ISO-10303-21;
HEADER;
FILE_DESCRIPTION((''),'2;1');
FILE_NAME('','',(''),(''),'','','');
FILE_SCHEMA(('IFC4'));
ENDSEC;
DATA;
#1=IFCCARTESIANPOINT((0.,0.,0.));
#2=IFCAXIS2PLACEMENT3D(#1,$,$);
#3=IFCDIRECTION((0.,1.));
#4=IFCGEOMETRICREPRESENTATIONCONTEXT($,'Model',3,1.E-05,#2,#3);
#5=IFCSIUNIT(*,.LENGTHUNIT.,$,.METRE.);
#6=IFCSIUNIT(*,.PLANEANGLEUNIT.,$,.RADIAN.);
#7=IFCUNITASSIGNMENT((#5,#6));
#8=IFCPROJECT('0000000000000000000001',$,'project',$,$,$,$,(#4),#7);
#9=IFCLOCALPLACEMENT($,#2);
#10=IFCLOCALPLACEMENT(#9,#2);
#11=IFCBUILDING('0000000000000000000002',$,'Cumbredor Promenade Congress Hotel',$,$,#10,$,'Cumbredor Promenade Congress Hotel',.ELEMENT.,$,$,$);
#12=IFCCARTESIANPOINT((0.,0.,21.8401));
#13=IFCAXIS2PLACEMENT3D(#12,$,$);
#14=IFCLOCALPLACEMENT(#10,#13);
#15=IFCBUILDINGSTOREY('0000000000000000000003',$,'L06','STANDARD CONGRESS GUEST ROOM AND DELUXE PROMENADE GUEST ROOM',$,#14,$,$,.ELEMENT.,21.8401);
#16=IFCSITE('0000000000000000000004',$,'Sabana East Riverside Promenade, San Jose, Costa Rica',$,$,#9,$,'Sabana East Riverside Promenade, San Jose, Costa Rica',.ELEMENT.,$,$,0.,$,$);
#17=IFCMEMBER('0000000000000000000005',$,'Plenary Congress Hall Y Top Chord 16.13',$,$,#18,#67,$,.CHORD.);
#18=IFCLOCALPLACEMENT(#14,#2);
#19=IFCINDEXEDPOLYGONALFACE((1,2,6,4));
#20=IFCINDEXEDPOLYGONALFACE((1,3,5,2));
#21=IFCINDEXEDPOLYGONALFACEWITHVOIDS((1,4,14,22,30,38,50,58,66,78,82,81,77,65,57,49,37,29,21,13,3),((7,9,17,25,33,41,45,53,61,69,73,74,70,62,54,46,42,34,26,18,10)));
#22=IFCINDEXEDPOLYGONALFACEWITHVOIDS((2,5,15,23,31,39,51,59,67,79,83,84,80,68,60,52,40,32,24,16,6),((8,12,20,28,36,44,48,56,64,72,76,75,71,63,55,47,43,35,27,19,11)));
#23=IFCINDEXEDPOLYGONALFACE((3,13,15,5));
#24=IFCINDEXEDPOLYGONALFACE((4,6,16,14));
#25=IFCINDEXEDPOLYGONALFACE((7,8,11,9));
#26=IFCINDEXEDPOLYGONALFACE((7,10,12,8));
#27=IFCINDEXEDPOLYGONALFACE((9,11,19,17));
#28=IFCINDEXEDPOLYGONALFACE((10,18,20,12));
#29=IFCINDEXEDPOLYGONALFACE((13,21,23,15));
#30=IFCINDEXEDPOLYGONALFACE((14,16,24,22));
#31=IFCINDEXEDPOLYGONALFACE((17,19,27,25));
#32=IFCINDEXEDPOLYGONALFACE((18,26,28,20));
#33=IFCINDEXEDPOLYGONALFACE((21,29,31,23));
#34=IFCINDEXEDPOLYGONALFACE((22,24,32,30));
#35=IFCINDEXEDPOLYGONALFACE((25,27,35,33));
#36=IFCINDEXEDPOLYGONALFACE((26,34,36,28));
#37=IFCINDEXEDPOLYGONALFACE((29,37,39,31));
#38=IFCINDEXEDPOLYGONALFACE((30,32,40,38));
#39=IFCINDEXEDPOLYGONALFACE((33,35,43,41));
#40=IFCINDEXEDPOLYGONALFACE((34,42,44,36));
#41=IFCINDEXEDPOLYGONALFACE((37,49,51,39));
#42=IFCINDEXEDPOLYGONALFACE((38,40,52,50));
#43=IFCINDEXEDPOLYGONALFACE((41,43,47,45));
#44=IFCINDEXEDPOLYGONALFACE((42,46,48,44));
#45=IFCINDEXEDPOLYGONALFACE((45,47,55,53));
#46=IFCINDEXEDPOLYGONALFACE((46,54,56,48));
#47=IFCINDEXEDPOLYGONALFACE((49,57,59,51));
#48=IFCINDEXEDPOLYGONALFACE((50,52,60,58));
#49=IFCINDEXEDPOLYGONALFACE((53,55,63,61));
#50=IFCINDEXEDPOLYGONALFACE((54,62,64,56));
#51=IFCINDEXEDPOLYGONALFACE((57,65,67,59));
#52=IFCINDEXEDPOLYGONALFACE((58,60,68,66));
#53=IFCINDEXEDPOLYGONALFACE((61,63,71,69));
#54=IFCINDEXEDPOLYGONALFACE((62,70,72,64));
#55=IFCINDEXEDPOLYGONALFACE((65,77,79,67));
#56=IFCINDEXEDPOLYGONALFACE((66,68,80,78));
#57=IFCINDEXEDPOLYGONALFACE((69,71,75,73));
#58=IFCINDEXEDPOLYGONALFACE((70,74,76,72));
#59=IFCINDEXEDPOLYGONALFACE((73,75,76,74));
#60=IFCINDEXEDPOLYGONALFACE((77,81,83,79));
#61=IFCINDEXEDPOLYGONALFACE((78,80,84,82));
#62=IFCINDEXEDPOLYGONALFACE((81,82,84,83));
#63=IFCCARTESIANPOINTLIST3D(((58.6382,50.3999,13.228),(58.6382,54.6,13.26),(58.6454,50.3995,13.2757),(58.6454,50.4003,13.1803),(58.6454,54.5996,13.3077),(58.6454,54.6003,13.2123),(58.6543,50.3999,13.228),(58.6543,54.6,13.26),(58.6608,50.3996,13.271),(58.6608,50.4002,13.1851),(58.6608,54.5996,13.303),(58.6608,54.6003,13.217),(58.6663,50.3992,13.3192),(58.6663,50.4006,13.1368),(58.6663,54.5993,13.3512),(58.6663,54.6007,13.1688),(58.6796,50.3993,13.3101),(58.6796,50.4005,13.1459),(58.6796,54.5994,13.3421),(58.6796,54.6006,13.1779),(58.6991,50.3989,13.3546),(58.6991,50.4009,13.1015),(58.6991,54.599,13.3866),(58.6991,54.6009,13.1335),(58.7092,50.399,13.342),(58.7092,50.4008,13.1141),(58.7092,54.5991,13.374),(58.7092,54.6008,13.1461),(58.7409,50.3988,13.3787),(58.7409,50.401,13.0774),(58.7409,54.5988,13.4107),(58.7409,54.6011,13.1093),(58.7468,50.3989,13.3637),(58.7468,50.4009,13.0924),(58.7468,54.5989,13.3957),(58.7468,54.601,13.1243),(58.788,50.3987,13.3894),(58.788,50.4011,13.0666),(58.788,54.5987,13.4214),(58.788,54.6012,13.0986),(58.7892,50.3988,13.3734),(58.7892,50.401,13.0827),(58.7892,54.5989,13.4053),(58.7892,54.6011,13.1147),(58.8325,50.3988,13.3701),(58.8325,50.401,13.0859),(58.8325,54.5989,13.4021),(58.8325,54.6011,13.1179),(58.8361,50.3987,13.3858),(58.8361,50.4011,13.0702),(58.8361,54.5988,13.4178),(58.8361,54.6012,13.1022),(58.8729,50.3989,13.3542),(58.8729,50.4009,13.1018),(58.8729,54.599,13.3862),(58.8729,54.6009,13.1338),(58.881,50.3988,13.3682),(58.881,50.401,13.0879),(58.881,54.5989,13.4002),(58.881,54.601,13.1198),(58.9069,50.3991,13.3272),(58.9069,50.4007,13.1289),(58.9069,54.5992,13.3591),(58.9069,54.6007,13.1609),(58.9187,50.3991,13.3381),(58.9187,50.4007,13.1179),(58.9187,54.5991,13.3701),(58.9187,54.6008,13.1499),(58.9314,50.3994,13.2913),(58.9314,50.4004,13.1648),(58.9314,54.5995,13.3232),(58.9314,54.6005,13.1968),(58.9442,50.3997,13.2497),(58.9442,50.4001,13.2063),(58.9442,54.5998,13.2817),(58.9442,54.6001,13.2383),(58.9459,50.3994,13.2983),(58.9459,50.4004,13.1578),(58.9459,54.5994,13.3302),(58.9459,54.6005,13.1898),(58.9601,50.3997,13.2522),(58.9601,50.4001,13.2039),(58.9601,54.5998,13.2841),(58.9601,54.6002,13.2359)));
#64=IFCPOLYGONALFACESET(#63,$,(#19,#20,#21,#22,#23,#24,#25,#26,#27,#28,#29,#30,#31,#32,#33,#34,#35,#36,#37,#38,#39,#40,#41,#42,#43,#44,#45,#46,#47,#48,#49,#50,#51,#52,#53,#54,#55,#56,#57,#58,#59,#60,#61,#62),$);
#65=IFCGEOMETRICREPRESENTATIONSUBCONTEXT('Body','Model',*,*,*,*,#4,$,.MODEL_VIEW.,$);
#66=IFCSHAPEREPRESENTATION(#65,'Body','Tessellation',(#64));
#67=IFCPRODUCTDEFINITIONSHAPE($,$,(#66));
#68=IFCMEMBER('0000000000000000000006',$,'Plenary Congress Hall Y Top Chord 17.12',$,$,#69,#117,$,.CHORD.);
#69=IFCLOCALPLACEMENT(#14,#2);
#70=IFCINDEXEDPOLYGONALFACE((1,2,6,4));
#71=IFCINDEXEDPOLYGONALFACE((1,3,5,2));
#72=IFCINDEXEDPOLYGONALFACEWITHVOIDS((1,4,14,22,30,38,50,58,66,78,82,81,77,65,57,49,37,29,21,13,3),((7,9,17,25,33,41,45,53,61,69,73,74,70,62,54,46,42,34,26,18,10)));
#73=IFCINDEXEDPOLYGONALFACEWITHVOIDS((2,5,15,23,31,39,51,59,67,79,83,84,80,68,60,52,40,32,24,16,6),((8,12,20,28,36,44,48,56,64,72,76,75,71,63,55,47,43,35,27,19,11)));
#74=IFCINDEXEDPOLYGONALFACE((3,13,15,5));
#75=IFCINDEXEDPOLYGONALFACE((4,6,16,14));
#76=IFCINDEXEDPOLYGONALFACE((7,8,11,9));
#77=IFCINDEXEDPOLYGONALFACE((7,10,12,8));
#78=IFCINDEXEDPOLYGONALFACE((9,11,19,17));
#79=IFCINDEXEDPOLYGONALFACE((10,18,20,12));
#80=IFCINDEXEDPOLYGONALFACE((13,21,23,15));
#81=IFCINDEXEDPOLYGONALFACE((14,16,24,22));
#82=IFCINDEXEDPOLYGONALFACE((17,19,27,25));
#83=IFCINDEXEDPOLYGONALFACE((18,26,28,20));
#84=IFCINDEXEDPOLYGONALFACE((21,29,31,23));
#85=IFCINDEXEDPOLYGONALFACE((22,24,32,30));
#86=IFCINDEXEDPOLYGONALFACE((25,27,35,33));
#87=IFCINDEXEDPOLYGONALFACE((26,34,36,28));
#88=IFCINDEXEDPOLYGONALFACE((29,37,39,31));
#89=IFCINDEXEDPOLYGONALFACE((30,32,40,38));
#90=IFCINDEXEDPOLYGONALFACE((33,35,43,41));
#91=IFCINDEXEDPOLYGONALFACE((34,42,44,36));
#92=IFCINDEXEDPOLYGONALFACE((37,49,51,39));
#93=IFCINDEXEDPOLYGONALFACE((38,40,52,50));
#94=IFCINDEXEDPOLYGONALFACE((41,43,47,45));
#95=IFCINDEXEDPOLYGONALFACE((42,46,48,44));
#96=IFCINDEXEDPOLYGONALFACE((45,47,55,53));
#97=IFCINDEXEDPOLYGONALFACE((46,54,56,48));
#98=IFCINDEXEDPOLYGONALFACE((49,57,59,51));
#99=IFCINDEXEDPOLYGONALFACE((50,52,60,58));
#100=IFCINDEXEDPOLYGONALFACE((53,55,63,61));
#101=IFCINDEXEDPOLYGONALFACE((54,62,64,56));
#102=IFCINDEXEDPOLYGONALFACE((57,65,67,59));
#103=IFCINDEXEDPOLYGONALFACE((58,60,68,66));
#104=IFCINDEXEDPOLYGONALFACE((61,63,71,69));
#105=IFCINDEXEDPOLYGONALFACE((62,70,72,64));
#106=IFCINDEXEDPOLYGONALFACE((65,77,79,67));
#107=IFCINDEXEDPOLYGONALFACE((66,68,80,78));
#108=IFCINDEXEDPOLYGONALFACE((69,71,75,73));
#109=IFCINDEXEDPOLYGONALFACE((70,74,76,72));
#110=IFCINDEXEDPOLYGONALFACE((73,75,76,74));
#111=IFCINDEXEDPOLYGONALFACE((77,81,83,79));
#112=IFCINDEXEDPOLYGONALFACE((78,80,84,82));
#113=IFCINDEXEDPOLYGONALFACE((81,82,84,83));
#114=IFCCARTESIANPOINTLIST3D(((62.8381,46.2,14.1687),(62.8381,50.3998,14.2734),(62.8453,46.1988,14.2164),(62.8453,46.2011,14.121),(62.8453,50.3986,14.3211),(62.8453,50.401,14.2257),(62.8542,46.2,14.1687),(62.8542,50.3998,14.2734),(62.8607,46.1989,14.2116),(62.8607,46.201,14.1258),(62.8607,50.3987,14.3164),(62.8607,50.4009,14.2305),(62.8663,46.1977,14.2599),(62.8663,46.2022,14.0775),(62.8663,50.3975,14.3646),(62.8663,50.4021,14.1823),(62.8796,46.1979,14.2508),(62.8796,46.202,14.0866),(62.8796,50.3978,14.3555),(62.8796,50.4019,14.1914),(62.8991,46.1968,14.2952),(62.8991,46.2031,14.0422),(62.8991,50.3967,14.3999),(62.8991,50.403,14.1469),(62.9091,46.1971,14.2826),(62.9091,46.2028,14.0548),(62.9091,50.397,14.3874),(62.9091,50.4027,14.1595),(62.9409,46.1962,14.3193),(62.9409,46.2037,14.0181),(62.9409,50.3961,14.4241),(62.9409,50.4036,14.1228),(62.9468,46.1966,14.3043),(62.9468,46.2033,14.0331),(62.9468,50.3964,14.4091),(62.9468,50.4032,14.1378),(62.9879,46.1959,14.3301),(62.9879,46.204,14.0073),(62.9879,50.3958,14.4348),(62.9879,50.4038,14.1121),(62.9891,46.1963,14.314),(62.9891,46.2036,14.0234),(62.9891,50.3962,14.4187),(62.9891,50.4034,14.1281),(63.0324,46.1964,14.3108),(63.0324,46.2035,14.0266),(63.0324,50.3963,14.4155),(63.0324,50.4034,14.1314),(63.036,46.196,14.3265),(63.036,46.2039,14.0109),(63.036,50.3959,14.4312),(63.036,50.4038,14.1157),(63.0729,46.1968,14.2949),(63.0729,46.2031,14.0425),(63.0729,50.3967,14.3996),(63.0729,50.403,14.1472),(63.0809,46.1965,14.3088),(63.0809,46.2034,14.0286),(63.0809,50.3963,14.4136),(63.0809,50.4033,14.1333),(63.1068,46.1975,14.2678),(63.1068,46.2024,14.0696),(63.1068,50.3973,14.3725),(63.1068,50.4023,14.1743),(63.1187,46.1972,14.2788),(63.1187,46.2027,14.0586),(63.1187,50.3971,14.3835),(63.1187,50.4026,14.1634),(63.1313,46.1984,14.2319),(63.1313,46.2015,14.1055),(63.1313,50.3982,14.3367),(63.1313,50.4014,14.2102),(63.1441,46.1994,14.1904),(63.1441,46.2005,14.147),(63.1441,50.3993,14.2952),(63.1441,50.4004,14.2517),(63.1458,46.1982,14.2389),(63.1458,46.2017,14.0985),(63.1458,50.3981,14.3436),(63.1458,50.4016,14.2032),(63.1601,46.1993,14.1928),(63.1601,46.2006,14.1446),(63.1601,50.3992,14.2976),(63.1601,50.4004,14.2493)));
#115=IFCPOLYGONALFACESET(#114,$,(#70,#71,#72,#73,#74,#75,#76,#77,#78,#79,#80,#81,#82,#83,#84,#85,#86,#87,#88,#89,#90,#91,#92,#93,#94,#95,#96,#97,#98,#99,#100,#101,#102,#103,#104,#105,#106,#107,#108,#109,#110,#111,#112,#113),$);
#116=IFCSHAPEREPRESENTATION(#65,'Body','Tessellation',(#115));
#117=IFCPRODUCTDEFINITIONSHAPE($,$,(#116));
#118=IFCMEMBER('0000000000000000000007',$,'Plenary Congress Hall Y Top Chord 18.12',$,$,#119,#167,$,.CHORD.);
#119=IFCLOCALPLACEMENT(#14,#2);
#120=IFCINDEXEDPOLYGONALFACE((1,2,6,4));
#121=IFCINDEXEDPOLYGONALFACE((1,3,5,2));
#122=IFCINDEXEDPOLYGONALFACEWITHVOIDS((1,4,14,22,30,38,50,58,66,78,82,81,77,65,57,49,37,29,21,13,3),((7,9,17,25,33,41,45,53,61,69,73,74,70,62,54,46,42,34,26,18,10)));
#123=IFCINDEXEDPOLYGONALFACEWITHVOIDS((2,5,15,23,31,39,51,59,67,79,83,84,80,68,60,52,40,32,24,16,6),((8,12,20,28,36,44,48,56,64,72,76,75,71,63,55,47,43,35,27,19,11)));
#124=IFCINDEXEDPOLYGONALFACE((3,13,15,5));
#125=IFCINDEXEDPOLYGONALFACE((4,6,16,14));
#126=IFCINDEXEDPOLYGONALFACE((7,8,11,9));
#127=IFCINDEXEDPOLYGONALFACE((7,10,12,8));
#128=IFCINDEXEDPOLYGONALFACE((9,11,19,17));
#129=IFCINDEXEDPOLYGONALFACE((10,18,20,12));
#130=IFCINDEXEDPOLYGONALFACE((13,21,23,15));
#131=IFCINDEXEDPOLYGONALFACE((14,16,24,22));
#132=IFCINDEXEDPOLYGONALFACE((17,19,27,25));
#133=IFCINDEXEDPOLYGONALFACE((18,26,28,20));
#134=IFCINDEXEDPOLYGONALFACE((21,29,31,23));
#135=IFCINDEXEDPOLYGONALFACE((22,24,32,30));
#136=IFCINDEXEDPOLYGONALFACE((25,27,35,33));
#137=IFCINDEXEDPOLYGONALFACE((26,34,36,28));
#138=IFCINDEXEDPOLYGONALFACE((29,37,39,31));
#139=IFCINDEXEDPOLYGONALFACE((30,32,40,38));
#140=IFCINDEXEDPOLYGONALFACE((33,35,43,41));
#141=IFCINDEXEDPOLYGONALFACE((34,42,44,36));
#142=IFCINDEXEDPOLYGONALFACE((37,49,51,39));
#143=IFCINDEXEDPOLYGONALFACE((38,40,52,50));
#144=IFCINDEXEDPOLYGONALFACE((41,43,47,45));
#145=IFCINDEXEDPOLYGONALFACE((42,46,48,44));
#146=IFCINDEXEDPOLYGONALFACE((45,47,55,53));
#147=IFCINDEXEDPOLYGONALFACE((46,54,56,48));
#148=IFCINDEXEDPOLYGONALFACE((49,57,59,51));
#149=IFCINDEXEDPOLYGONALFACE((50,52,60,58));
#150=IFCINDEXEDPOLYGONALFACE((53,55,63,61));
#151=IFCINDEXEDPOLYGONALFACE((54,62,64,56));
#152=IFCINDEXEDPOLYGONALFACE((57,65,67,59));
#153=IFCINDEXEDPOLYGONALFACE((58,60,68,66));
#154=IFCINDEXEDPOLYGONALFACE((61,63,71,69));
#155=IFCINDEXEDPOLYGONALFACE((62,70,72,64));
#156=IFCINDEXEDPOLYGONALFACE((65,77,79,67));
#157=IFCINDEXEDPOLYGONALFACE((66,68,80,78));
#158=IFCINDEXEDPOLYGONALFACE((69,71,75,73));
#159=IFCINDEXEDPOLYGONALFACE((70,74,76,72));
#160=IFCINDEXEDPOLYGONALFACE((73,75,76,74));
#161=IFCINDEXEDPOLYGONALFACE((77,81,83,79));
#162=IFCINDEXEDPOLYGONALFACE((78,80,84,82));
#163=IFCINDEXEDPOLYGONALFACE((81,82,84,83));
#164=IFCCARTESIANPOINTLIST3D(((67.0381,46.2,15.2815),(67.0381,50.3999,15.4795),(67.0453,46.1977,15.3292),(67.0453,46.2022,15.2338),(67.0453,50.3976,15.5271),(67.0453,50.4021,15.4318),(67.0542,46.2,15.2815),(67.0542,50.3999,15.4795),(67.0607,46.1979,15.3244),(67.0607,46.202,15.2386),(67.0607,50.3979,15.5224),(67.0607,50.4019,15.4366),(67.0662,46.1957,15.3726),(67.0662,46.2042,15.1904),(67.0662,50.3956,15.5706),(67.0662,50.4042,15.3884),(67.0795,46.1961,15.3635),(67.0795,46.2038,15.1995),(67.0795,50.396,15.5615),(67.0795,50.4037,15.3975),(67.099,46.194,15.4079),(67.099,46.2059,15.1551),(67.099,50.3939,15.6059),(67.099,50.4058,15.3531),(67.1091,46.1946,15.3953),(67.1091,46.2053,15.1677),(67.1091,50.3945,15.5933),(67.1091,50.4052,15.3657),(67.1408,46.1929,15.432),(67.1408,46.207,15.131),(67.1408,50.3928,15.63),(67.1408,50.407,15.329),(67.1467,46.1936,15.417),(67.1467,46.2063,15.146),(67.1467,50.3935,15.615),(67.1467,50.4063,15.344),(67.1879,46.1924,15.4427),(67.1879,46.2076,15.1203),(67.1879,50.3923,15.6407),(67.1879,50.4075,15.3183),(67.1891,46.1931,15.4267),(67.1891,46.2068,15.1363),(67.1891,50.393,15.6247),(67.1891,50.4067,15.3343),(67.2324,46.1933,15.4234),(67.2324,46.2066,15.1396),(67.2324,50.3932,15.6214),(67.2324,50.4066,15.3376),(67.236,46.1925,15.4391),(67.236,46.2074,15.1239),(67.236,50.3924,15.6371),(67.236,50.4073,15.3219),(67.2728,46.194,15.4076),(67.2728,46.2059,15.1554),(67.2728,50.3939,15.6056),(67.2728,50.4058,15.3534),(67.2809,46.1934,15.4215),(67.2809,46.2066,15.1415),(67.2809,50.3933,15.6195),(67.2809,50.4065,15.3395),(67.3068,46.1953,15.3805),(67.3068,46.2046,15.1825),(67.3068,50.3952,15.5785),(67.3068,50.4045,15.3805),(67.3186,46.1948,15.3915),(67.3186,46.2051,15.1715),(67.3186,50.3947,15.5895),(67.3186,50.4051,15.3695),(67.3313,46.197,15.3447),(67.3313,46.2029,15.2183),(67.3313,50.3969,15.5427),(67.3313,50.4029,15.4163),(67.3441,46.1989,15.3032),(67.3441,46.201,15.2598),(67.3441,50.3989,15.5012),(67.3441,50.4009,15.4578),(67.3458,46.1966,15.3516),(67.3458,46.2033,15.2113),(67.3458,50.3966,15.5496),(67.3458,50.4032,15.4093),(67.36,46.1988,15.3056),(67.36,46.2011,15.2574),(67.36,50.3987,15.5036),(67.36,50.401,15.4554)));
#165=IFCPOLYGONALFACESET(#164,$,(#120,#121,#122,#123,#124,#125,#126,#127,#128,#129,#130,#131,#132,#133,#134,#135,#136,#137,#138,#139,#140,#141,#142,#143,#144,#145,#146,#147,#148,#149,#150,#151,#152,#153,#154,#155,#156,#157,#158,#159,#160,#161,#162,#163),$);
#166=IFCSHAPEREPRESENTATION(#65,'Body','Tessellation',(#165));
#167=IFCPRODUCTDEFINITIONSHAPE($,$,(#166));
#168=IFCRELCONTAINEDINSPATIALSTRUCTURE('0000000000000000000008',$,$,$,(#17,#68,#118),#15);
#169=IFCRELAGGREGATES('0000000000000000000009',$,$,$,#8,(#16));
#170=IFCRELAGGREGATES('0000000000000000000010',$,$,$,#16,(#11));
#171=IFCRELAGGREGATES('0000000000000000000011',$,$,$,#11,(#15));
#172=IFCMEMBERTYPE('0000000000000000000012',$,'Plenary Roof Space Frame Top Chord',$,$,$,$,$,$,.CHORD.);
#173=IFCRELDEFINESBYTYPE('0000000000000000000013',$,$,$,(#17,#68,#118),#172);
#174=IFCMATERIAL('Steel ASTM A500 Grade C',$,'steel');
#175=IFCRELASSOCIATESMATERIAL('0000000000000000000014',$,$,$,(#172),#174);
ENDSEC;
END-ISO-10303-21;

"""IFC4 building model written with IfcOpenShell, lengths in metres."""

from ifc_helpers import new_model, si_unit, direction, frame, origin, origin_2d, place, context, subcontext, project, spatial, hollow_circle, extrude, material, material_profile, profile_set, type_object, element, save


model = new_model("IFC4")

# Units and contexts
model_context = context("Model", 3, precision=1e-05, world=origin(), true_north=direction((0.0, 1.0)))
body_context = subcontext(model_context, "Body", "Model", "MODEL_VIEW")
ifc_project = project(units=[si_unit("LENGTHUNIT", "METRE"), si_unit("PLANEANGLEUNIT", "RADIAN")], contexts=[model_context])

# Site, building, storey
site_placement = place(None, origin())
site = spatial("IfcSite", under=ifc_project, at=site_placement, Name="Sabana East Riverside Promenade, San Jose, Costa Rica", LongName="Sabana East Riverside Promenade, San Jose, Costa Rica", CompositionType="ELEMENT", RefElevation=0.0)
building_placement = place(site_placement, origin())
building = spatial("IfcBuilding", under=site, at=building_placement, Name="Cumbredor Promenade Congress Hotel", LongName="Cumbredor Promenade Congress Hotel", CompositionType="ELEMENT")
storey_placement = place(building_placement, frame((0.0, 0.0, 21.8401)))
storey = spatial("IfcBuildingStorey", under=building, at=storey_placement, Name="L06", Description="STANDARD CONGRESS GUEST ROOM AND DELUXE PROMENADE GUEST ROOM", CompositionType="ELEMENT", Elevation=21.8401)

# Members
ifc_material_1 = material(Name="Steel ASTM A500 Grade C", Category="steel")
ifc_material_profile_1 = material_profile(ifc_material_1, hollow_circle(Radius=0.1619, WallThickness=0.0161, at=origin_2d()), Name="CHS 323.9x16")
ifc_profile_set_1 = profile_set([ifc_material_profile_1], Name="Steel ASTM A500 Grade C")
member_type_1 = type_object("IfcMemberType", Name="Plenary Roof Space Frame Top Chord", PredefinedType="CHORD", material=ifc_profile_set_1)
member_1_placement = place(storey_placement, frame((58.8, 50.3999, 13.228), z_axis=(0.0, 0.999971, 0.007614), x_axis=(-1.0, 0.0, 0.0)))
element("IfcMember", 1, at=member_1_placement, inside=storey, type_object=member_type_1, Name="Plenary Congress Hall Y Top Chord 16.13", PredefinedType="CHORD", context=body_context, shape_type="SweptSolid", body=[
    extrude(hollow_circle(Radius=0.1619, WallThickness=0.0161, at=origin_2d()), origin(), (0.0, 0.0, 1.0), 4.2002),
])
member_2_placement = place(storey_placement, frame((63.0, 46.2, 14.1687), z_axis=(0.0, 0.999689, 0.02493), x_axis=(-1.0, 0.0, 0.0)))
element("IfcMember", 2, at=member_2_placement, inside=storey, type_object=member_type_1, Name="Plenary Congress Hall Y Top Chord 17.12", PredefinedType="CHORD", context=body_context, shape_type="SweptSolid", body=[
    extrude(hollow_circle(Radius=0.1619, WallThickness=0.0161, at=origin_2d()), origin(), (0.0, 0.0, 1.0), 4.2012),
])
member_3_placement = place(storey_placement, frame((67.2, 46.2, 15.2815), z_axis=(0.0, 0.998891, 0.047091), x_axis=(-1.0, 0.0, 0.0)))
element("IfcMember", 3, at=member_3_placement, inside=storey, type_object=member_type_1, Name="Plenary Congress Hall Y Top Chord 18.12", PredefinedType="CHORD", context=body_context, shape_type="SweptSolid", body=[
    extrude(hollow_circle(Radius=0.1619, WallThickness=0.0161, at=origin_2d()), origin(), (0.0, 0.0, 1.0), 4.2046),
])

save(model, "model.ifc")
